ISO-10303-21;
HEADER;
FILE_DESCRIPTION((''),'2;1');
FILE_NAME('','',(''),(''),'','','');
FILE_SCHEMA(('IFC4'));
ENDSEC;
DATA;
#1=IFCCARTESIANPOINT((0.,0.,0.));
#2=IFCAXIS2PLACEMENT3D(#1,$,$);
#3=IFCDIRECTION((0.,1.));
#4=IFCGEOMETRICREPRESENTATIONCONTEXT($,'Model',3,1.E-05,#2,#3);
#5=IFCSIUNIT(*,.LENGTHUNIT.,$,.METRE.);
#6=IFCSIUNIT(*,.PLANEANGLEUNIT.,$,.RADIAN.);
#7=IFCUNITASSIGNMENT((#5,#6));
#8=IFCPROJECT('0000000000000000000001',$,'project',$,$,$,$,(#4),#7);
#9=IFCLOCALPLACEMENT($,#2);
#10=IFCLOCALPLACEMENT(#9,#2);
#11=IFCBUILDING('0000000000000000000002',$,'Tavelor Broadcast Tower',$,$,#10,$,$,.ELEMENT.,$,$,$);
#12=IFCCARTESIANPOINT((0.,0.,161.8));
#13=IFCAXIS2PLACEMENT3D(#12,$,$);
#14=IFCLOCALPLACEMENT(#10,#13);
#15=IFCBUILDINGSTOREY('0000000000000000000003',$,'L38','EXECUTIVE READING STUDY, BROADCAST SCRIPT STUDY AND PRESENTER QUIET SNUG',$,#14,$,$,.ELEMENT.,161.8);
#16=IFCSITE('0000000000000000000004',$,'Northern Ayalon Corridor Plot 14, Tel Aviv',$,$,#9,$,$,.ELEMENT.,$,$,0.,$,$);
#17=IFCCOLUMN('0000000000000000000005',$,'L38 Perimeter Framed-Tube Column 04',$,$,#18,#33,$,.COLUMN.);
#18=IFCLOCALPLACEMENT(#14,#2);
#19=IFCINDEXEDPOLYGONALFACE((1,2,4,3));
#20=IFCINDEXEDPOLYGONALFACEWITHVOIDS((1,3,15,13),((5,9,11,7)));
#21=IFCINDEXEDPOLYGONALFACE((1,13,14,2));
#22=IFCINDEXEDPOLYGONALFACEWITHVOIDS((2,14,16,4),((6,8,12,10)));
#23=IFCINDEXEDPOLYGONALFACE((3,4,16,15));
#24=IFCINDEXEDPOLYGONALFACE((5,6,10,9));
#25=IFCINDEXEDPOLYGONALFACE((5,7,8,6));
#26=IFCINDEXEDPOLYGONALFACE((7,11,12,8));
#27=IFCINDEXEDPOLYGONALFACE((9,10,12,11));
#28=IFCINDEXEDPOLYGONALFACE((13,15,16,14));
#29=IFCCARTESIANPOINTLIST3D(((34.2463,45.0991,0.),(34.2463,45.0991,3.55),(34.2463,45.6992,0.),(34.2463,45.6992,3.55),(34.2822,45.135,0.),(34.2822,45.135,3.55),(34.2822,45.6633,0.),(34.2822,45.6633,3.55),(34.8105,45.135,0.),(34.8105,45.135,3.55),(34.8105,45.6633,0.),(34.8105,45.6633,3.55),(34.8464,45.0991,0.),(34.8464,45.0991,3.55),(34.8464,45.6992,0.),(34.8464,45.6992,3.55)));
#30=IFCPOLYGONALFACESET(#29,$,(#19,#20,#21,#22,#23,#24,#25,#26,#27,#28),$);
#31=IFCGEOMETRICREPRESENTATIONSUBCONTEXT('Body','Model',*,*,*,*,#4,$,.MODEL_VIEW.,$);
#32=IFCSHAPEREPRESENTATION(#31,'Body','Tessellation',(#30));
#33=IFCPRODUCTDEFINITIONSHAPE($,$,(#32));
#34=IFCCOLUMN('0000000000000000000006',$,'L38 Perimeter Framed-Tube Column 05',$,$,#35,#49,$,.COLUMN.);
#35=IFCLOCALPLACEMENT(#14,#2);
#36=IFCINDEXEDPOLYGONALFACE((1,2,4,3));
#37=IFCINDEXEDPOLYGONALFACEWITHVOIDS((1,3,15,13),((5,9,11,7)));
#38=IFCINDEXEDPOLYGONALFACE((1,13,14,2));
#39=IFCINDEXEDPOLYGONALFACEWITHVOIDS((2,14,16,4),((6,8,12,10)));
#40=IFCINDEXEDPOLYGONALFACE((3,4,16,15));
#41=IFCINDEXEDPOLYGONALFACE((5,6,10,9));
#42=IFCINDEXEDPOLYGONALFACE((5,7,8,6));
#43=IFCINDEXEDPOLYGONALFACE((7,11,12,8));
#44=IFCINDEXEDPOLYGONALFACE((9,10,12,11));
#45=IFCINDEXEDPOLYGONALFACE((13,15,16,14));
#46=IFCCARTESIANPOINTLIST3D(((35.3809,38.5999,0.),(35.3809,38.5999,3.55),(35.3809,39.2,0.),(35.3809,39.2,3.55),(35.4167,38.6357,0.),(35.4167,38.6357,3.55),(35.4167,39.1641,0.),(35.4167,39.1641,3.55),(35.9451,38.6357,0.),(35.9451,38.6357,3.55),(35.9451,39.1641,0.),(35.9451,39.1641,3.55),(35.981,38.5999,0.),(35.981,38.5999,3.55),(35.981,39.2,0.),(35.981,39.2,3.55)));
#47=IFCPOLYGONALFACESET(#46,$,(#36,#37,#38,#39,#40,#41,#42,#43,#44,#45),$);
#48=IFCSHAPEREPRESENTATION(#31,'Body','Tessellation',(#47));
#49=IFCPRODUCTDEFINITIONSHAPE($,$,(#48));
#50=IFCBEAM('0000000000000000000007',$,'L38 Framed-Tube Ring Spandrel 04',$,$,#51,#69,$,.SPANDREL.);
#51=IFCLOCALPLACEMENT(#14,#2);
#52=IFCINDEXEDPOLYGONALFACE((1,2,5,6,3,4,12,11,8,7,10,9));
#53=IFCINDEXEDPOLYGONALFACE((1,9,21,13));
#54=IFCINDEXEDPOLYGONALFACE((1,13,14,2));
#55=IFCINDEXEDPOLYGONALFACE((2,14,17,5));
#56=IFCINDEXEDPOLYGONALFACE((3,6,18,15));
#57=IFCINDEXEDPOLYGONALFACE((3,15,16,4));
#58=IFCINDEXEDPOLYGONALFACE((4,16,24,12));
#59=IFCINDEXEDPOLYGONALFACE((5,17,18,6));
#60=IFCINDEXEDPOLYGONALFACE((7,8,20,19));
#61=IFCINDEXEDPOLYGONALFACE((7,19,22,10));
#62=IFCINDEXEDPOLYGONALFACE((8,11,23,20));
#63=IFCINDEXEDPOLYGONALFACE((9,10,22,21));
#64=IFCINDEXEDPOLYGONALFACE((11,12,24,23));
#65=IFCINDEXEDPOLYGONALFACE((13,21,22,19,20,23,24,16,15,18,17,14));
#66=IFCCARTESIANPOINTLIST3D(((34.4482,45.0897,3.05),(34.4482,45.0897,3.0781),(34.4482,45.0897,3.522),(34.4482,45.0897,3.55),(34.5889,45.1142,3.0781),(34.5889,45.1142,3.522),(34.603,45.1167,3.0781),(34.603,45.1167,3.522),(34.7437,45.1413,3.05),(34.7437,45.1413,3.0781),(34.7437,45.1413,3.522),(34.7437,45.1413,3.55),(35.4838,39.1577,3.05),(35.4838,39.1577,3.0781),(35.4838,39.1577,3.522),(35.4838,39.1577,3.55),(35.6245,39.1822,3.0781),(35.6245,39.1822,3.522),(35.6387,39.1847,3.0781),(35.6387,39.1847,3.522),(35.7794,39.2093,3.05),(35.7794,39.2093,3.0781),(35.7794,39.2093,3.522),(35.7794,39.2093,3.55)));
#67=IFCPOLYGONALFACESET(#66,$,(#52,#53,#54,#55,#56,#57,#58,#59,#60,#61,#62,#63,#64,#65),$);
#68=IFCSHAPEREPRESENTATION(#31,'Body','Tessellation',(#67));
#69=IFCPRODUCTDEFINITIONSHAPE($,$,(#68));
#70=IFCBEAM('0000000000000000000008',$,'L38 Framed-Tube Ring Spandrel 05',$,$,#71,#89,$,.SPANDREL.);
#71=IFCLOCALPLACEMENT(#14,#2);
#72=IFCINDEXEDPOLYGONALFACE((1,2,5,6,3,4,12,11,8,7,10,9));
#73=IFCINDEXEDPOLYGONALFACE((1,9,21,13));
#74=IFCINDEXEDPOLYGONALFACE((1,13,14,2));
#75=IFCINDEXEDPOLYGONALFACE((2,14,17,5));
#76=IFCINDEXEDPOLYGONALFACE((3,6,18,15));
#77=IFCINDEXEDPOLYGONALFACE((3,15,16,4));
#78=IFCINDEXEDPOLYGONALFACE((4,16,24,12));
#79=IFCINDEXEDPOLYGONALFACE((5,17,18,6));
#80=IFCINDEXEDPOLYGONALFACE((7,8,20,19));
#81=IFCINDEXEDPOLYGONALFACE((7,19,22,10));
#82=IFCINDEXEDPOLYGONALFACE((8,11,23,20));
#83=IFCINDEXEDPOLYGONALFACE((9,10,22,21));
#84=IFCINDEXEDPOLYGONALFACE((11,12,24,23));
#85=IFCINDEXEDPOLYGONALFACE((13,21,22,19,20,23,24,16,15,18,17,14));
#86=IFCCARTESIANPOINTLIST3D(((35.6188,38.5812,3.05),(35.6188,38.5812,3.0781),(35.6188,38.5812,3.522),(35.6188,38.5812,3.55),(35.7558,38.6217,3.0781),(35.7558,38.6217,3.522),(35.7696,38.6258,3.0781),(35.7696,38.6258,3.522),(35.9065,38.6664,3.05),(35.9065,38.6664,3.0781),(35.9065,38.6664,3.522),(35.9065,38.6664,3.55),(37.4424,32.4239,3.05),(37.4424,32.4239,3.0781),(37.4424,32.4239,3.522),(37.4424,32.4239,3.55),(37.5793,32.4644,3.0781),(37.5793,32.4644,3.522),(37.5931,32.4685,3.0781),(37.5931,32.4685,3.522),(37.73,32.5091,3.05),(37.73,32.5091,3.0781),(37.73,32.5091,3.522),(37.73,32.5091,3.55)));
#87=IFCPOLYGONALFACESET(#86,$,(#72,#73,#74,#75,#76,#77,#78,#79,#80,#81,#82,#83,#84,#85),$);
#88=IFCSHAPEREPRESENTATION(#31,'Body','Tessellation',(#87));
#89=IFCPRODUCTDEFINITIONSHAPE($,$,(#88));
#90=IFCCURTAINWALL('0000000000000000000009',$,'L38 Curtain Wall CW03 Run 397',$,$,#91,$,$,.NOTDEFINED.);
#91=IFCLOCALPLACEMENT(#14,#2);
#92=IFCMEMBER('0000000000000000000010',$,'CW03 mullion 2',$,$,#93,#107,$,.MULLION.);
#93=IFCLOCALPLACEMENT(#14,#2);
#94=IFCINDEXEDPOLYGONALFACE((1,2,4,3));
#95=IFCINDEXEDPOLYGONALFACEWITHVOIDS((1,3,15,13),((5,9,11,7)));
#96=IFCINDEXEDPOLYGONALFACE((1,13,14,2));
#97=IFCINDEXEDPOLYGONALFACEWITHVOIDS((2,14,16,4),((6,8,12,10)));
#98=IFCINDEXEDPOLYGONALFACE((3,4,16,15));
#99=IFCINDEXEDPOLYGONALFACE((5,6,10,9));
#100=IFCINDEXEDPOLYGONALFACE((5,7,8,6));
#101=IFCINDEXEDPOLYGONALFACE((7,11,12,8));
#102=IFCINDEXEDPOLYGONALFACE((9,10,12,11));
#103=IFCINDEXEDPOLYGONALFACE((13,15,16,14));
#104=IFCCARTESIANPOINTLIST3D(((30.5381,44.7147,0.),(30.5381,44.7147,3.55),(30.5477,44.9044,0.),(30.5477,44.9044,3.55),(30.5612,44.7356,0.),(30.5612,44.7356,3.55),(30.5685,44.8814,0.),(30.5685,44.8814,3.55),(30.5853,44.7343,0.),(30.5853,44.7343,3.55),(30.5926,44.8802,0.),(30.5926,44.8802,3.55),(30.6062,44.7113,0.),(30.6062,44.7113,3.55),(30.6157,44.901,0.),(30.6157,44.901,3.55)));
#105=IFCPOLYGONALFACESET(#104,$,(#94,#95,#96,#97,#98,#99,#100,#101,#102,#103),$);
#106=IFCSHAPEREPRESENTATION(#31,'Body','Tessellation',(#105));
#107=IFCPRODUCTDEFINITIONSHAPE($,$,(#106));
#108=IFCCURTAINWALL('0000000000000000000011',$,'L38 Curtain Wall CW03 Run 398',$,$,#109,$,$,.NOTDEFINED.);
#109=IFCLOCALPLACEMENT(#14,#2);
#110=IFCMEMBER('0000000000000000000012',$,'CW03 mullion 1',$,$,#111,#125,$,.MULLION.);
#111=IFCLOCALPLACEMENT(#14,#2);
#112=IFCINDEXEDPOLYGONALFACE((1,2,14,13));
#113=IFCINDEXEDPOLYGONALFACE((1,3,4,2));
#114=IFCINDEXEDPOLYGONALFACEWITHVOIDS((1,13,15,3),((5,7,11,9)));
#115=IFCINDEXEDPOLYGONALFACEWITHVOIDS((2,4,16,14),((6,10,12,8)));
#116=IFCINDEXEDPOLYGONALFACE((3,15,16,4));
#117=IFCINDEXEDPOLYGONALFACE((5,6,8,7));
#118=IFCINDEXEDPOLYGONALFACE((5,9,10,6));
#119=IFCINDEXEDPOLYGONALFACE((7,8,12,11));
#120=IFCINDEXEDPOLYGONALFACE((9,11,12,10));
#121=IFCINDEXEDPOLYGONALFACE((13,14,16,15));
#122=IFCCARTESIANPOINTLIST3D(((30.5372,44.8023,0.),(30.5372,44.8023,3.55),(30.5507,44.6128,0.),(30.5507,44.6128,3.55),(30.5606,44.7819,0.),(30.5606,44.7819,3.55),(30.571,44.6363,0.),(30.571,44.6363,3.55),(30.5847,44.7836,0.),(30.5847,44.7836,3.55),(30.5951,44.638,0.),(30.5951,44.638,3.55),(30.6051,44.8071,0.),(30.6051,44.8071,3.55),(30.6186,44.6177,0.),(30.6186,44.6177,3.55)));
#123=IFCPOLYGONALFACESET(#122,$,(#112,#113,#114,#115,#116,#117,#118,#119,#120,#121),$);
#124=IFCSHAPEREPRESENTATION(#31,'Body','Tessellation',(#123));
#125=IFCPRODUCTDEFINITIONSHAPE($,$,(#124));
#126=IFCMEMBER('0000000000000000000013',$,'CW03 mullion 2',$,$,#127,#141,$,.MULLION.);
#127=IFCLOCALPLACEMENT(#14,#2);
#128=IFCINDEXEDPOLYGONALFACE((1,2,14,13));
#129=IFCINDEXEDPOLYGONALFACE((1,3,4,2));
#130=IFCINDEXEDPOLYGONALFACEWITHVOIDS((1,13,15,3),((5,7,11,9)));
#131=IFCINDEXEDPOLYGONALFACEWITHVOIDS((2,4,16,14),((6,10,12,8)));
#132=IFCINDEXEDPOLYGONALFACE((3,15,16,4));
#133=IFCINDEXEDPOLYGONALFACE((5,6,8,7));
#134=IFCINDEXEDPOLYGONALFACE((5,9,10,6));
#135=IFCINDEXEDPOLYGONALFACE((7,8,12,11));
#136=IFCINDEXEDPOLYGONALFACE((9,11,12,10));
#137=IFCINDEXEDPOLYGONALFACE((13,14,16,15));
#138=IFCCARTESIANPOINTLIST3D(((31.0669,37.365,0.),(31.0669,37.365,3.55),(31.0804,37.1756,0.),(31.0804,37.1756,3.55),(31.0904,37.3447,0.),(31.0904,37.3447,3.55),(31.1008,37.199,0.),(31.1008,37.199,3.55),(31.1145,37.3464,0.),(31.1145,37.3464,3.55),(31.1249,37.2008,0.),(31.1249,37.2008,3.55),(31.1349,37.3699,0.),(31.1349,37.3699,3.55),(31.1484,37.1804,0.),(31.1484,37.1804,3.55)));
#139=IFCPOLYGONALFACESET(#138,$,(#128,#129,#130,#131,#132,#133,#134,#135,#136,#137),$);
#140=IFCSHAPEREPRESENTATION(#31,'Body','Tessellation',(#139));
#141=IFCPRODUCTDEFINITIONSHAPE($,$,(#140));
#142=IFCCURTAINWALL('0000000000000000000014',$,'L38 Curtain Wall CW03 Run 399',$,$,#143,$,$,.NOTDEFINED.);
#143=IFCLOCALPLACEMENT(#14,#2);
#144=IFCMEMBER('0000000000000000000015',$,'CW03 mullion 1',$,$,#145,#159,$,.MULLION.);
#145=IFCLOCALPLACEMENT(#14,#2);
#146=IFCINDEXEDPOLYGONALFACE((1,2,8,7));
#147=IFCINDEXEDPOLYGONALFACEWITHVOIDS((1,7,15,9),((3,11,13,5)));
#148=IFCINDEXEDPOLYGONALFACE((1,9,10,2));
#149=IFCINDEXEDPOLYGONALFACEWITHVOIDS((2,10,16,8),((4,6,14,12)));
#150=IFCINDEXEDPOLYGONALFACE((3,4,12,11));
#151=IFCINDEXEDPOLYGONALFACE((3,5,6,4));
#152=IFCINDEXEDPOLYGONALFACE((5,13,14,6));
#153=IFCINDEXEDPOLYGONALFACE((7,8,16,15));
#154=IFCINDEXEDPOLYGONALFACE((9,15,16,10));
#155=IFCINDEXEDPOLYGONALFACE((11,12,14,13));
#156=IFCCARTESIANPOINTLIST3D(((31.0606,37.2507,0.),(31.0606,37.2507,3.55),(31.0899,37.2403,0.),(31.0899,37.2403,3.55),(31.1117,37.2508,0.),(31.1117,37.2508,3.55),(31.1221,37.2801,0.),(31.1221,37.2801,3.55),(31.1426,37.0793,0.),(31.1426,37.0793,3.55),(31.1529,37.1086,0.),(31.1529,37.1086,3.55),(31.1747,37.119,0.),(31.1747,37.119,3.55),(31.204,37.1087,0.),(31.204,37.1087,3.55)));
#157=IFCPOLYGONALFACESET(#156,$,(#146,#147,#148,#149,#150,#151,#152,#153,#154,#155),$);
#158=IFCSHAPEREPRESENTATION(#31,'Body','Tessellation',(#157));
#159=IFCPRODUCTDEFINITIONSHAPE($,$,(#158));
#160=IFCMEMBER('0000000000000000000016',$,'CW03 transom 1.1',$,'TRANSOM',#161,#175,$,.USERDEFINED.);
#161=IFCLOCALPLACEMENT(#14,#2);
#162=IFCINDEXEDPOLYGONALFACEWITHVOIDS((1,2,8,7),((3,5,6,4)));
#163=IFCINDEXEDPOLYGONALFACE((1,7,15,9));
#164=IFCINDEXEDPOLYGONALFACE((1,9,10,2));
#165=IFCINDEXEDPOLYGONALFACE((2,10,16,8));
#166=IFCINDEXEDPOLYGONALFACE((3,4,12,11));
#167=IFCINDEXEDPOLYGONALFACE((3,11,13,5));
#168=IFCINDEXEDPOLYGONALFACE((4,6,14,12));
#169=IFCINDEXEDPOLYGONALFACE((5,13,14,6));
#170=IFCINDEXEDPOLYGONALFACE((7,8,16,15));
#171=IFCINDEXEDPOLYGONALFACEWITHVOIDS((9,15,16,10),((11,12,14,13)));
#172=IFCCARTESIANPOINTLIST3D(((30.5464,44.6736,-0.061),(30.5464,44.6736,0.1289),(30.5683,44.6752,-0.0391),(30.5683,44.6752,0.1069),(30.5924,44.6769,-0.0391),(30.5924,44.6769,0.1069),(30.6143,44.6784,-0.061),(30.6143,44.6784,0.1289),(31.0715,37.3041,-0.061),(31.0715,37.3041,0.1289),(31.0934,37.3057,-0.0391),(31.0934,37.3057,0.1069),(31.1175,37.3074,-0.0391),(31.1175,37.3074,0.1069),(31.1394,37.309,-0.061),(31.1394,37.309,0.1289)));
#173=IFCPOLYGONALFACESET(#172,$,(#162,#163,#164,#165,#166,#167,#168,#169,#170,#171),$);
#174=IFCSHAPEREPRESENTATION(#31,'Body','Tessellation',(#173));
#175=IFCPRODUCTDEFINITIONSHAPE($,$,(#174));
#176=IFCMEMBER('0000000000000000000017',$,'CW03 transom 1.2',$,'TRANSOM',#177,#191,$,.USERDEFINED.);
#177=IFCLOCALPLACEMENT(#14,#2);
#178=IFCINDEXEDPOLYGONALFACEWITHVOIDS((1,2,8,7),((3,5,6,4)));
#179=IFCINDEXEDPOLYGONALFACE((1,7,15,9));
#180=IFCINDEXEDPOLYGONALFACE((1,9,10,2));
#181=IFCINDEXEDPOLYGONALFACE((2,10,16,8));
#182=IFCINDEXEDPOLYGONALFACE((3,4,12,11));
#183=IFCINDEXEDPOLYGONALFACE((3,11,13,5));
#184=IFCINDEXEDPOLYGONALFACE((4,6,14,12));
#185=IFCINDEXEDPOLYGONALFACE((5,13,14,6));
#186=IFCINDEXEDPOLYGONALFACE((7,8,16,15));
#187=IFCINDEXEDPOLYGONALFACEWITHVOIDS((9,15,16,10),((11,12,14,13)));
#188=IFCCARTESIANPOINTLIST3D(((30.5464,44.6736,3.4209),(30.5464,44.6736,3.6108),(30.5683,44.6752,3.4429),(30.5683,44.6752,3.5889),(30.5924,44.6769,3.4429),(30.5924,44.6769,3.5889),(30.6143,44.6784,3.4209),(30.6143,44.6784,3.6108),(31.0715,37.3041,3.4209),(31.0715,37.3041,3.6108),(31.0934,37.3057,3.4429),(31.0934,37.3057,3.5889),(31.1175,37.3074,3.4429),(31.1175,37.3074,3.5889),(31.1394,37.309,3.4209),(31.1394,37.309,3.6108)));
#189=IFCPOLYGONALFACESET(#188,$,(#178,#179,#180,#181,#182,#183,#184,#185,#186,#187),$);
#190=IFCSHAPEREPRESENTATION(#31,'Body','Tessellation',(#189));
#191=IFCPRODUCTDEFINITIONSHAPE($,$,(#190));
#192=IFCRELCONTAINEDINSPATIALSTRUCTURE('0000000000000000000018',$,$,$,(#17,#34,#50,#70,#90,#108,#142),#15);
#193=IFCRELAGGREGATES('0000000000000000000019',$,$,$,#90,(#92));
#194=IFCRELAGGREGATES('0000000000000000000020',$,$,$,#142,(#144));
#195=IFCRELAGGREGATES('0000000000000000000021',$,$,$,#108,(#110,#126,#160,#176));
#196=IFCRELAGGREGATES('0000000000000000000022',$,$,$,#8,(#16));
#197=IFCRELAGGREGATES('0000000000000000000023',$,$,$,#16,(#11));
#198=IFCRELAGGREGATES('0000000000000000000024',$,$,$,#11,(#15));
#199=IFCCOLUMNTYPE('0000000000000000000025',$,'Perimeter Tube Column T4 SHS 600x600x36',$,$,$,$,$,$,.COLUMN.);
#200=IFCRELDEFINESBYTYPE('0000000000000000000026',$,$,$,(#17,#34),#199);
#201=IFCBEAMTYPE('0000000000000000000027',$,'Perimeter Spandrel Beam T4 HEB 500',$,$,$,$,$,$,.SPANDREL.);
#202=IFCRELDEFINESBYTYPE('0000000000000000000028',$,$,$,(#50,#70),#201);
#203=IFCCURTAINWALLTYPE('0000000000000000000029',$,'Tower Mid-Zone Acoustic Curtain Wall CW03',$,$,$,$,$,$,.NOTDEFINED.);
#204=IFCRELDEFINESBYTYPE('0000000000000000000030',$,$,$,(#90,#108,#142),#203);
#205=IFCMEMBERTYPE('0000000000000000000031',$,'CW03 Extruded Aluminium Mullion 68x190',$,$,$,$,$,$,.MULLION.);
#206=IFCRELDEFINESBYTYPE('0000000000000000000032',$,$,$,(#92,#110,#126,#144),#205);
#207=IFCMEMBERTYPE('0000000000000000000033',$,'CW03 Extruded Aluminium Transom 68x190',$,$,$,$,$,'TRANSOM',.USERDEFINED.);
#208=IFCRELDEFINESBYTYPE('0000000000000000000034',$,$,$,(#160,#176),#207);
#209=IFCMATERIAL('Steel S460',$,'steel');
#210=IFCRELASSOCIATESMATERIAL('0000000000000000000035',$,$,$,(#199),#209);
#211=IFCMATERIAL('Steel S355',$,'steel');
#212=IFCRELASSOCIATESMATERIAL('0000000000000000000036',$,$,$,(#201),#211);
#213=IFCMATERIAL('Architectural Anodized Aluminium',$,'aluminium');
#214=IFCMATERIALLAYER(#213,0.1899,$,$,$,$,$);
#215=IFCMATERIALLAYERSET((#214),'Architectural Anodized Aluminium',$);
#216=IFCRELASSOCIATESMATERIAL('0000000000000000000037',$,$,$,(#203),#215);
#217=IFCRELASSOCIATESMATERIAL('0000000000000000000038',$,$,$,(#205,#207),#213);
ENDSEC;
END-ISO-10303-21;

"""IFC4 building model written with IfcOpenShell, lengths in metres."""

from ifc_helpers import new_model, si_unit, direction, frame, origin, origin_2d, place, context, subcontext, project, spatial, hollow_rectangle, i_section, extrude, source, transform, mapped, material, layer, layer_set, material_profile, profile_set, type_object, type_shapes, element, aggregate, save


model = new_model("IFC4")

# Units and contexts
model_context = context("Model", 3, precision=1e-05, world=origin(), true_north=direction((0.0, 1.0)))
body_context = subcontext(model_context, "Body", "Model", "MODEL_VIEW")
ifc_project = project(units=[si_unit("LENGTHUNIT", "METRE"), si_unit("PLANEANGLEUNIT", "RADIAN")], contexts=[model_context])

# Site, building, storey
site_placement = place(None, origin())
site = spatial("IfcSite", under=ifc_project, at=site_placement, Name="Northern Ayalon Corridor Plot 14, Tel Aviv", CompositionType="ELEMENT", RefElevation=0.0)
building_placement = place(site_placement, origin())
building = spatial("IfcBuilding", under=site, at=building_placement, Name="Tavelor Broadcast Tower", CompositionType="ELEMENT")
storey_placement = place(building_placement, frame((0.0, 0.0, 161.8)))
storey = spatial("IfcBuildingStorey", under=building, at=storey_placement, Name="L38", Description="EXECUTIVE READING STUDY, BROADCAST SCRIPT STUDY AND PRESENTER QUIET SNUG", CompositionType="ELEMENT", Elevation=161.8)

# Columns
ifc_material_1 = material(Name="Steel S460", Category="steel")
ifc_material_profile_1 = material_profile(ifc_material_1, hollow_rectangle(XDim=0.6001, YDim=0.6001, WallThickness=0.0359, at=origin_2d()), Name="SHS 600x600x36")
ifc_profile_set_1 = profile_set([ifc_material_profile_1], Name="Steel S460")
column_type = type_object("IfcColumnType", Name="Perimeter Tube Column T4 SHS 600x600x36", PredefinedType="COLUMN", material=ifc_profile_set_1)
for number, where, z_axis, x_axis, name in (
    (1, (34.5464, 45.3992, 0.0), (0.0, 0.0, 1.0), (1.0, 0.0, 0.0), "L38 Perimeter Framed-Tube Column 04"),
    (2, (35.6809, 38.8999, 0.0), (0.0, 0.0, 1.0), (1.0, 0.0, 0.0), "L38 Perimeter Framed-Tube Column 05"),
):
    element("IfcColumn", number, at=place(storey_placement, frame(where, z_axis=z_axis, x_axis=x_axis)), inside=storey, type_object=column_type, Name=name, PredefinedType="COLUMN", context=body_context, shape_type="SweptSolid", body=[
        extrude(hollow_rectangle(XDim=0.6001, YDim=0.6001, WallThickness=0.0359, at=origin_2d()), origin(), (0.0, 0.0, 1.0), 3.55),
    ])

# Beams
ifc_material_2 = material(Name="Steel S355", Category="steel")
ifc_material_profile_2 = material_profile(ifc_material_2, i_section(OverallWidth=0.3, OverallDepth=0.5, WebThickness=0.0144, FlangeThickness=0.0281, at=origin_2d()), Name="HEB 500")
ifc_profile_set_2 = profile_set([ifc_material_profile_2], Name="Steel S355")
beam_type = type_object("IfcBeamType", Name="Perimeter Spandrel Beam T4 HEB 500", PredefinedType="SPANDREL", material=ifc_profile_set_2)
beam_1_placement = place(storey_placement, frame((34.5959, 45.1155, 3.3), z_axis=(0.171988, -0.985099, 0.0), x_axis=(0.985099, 0.171988, 0.0)))
element("IfcBeam", 3, at=beam_1_placement, inside=storey, type_object=beam_type, Name="L38 Framed-Tube Ring Spandrel 04", PredefinedType="SPANDREL", context=body_context, shape_type="SweptSolid", body=[
    extrude(i_section(OverallWidth=0.3, OverallDepth=0.5, WebThickness=0.0144, FlangeThickness=0.0281, at=origin_2d()), origin(), (0.0, 0.0, 1.0), 6.0217),
])
beam_2_placement = place(storey_placement, frame((35.7627, 38.6238, 3.3), z_axis=(0.283963, -0.958835, 0.0), x_axis=(0.958835, 0.283963, 0.0)))
element("IfcBeam", 4, at=beam_2_placement, inside=storey, type_object=beam_type, Name="L38 Framed-Tube Ring Spandrel 05", PredefinedType="SPANDREL", context=body_context, shape_type="SweptSolid", body=[
    extrude(i_section(OverallWidth=0.3, OverallDepth=0.5, WebThickness=0.0144, FlangeThickness=0.0281, at=origin_2d()), origin(), (0.0, 0.0, 1.0), 6.4216),
])

# Curtain wall, member
ifc_material_3 = material(Name="Architectural Anodized Aluminium", Category="aluminium")
ifc_layer_1 = layer(ifc_material_3, 0.1899)
ifc_layer_set_1 = layer_set([ifc_layer_1], Name="Architectural Anodized Aluminium")
curtain_wall_type = type_object("IfcCurtainWallType", Name="Tower Mid-Zone Acoustic Curtain Wall CW03", PredefinedType="NOTDEFINED", material=ifc_layer_set_1)
curtain_wall_1_placement = place(storey_placement, origin())
curtain_wall_1 = element("IfcCurtainWall", 5, at=curtain_wall_1_placement, inside=storey, type_object=curtain_wall_type, Name="L38 Curtain Wall CW03 Run 397", PredefinedType="NOTDEFINED")
ifc_material_profile_3 = material_profile(ifc_material_3, hollow_rectangle(XDim=0.0681, YDim=0.1899, WallThickness=0.022, at=origin_2d()), Name="RHS 68x190x22")
ifc_profile_set_3 = profile_set([ifc_material_profile_3], Name="Architectural Anodized Aluminium")
member_type_1 = type_object("IfcMemberType", Name="CW03 Extruded Aluminium Mullion 68x190", PredefinedType="MULLION", material=ifc_profile_set_3)
shared_shape_1 = source(origin(), body_context, "Body", "SweptSolid", [
    extrude(hollow_rectangle(XDim=0.0681, YDim=0.1899, WallThickness=0.022, at=origin_2d()), origin(), (0.0, 0.0, 1.0), 3.55),
])
type_shapes(member_type_1, [shared_shape_1])
member_1_placement = place(storey_placement, frame((30.5769, 44.8079, 0.0), z_axis=(0.0, 0.0, 1.0), x_axis=(0.998741, -0.050164, 0.0)))
member_1 = element("IfcMember", 6, at=member_1_placement, type_object=member_type_1, Name="CW03 mullion 2", PredefinedType="MULLION", context=body_context, shape_type="MappedRepresentation", body=[
    mapped(shared_shape_1, transform((0.0, 0.0, 0.0), scale=1.0)),
])
aggregate(curtain_wall_1, [member_1])

# Curtain wall, members
curtain_wall_2_placement = place(storey_placement, origin())
curtain_wall_2 = element("IfcCurtainWall", 7, at=curtain_wall_2_placement, inside=storey, type_object=curtain_wall_type, Name="L38 Curtain Wall CW03 Run 398", PredefinedType="NOTDEFINED")
member_2_placement = place(storey_placement, frame((30.5779, 44.71, 0.0), z_axis=(0.0, 0.0, 1.0), x_axis=(0.997472, 0.071065, 0.0)))
member_2 = element("IfcMember", 8, at=member_2_placement, type_object=member_type_1, Name="CW03 mullion 1", PredefinedType="MULLION", context=body_context, shape_type="MappedRepresentation", body=[
    mapped(shared_shape_1, transform((0.0, 0.0, 0.0), scale=1.0)),
])
member_3_placement = place(storey_placement, frame((31.1077, 37.2727, 0.0), z_axis=(0.0, 0.0, 1.0), x_axis=(0.997472, 0.071065, 0.0)))
member_3 = element("IfcMember", 9, at=member_3_placement, type_object=member_type_1, Name="CW03 mullion 2", PredefinedType="MULLION", context=body_context, shape_type="MappedRepresentation", body=[
    mapped(shared_shape_1, transform((0.0, 0.0, 0.0), scale=1.0)),
])

# Curtain wall, member
curtain_wall_3_placement = place(storey_placement, origin())
curtain_wall_3 = element("IfcCurtainWall", 10, at=curtain_wall_3_placement, inside=storey, type_object=curtain_wall_type, Name="L38 Curtain Wall CW03 Run 399", PredefinedType="NOTDEFINED")
member_4_placement = place(storey_placement, frame((31.1323, 37.1797, 0.0), z_axis=(0.0, 0.0, 1.0), x_axis=(0.902173, 0.431374, 0.0)))
member_4 = element("IfcMember", 11, at=member_4_placement, type_object=member_type_1, Name="CW03 mullion 1", PredefinedType="MULLION", context=body_context, shape_type="MappedRepresentation", body=[
    mapped(shared_shape_1, transform((0.0, 0.0, 0.0), scale=1.0)),
])

# Members
ifc_material_profile_4 = material_profile(ifc_material_3, hollow_rectangle(XDim=0.0681, YDim=0.1899, WallThickness=0.022, at=origin_2d()), Name="RHS 68x190x22")
ifc_profile_set_4 = profile_set([ifc_material_profile_4], Name="Architectural Anodized Aluminium")
member_type_2 = type_object("IfcMemberType", Name="CW03 Extruded Aluminium Transom 68x190", ElementType="TRANSOM", PredefinedType="USERDEFINED", material=ifc_profile_set_4)
shared_shape_2 = source(origin(), body_context, "Body", "SweptSolid", [
    extrude(hollow_rectangle(XDim=0.0681, YDim=0.1899, WallThickness=0.022, at=origin_2d()), origin(), (0.0, 0.0, 1.0), 7.3882),
])
member_5_placement = place(storey_placement, frame((30.5803, 44.676, 0.0339), z_axis=(0.07108, -0.997471, 0.0), x_axis=(0.997471, 0.07108, 0.0)))
member_5 = element("IfcMember", 12, at=member_5_placement, type_object=member_type_2, Name="CW03 transom 1.1", ObjectType="TRANSOM", PredefinedType="USERDEFINED", context=body_context, shape_type="MappedRepresentation", body=[
    mapped(shared_shape_2, transform((0.0, 0.0, 0.0), scale=1.0)),
])
member_6_placement = place(storey_placement, frame((30.5803, 44.676, 3.5159), z_axis=(0.07108, -0.997471, 0.0), x_axis=(0.997471, 0.07108, 0.0)))
member_6 = element("IfcMember", 13, at=member_6_placement, type_object=member_type_2, Name="CW03 transom 1.2", ObjectType="TRANSOM", PredefinedType="USERDEFINED", context=body_context, shape_type="MappedRepresentation", body=[
    mapped(shared_shape_2, transform((0.0, 0.0, 0.0), scale=1.0)),
])
aggregate(curtain_wall_3, [member_4])

aggregate(curtain_wall_2, [member_2, member_3, member_5, member_6])

save(model, "model.ifc")
